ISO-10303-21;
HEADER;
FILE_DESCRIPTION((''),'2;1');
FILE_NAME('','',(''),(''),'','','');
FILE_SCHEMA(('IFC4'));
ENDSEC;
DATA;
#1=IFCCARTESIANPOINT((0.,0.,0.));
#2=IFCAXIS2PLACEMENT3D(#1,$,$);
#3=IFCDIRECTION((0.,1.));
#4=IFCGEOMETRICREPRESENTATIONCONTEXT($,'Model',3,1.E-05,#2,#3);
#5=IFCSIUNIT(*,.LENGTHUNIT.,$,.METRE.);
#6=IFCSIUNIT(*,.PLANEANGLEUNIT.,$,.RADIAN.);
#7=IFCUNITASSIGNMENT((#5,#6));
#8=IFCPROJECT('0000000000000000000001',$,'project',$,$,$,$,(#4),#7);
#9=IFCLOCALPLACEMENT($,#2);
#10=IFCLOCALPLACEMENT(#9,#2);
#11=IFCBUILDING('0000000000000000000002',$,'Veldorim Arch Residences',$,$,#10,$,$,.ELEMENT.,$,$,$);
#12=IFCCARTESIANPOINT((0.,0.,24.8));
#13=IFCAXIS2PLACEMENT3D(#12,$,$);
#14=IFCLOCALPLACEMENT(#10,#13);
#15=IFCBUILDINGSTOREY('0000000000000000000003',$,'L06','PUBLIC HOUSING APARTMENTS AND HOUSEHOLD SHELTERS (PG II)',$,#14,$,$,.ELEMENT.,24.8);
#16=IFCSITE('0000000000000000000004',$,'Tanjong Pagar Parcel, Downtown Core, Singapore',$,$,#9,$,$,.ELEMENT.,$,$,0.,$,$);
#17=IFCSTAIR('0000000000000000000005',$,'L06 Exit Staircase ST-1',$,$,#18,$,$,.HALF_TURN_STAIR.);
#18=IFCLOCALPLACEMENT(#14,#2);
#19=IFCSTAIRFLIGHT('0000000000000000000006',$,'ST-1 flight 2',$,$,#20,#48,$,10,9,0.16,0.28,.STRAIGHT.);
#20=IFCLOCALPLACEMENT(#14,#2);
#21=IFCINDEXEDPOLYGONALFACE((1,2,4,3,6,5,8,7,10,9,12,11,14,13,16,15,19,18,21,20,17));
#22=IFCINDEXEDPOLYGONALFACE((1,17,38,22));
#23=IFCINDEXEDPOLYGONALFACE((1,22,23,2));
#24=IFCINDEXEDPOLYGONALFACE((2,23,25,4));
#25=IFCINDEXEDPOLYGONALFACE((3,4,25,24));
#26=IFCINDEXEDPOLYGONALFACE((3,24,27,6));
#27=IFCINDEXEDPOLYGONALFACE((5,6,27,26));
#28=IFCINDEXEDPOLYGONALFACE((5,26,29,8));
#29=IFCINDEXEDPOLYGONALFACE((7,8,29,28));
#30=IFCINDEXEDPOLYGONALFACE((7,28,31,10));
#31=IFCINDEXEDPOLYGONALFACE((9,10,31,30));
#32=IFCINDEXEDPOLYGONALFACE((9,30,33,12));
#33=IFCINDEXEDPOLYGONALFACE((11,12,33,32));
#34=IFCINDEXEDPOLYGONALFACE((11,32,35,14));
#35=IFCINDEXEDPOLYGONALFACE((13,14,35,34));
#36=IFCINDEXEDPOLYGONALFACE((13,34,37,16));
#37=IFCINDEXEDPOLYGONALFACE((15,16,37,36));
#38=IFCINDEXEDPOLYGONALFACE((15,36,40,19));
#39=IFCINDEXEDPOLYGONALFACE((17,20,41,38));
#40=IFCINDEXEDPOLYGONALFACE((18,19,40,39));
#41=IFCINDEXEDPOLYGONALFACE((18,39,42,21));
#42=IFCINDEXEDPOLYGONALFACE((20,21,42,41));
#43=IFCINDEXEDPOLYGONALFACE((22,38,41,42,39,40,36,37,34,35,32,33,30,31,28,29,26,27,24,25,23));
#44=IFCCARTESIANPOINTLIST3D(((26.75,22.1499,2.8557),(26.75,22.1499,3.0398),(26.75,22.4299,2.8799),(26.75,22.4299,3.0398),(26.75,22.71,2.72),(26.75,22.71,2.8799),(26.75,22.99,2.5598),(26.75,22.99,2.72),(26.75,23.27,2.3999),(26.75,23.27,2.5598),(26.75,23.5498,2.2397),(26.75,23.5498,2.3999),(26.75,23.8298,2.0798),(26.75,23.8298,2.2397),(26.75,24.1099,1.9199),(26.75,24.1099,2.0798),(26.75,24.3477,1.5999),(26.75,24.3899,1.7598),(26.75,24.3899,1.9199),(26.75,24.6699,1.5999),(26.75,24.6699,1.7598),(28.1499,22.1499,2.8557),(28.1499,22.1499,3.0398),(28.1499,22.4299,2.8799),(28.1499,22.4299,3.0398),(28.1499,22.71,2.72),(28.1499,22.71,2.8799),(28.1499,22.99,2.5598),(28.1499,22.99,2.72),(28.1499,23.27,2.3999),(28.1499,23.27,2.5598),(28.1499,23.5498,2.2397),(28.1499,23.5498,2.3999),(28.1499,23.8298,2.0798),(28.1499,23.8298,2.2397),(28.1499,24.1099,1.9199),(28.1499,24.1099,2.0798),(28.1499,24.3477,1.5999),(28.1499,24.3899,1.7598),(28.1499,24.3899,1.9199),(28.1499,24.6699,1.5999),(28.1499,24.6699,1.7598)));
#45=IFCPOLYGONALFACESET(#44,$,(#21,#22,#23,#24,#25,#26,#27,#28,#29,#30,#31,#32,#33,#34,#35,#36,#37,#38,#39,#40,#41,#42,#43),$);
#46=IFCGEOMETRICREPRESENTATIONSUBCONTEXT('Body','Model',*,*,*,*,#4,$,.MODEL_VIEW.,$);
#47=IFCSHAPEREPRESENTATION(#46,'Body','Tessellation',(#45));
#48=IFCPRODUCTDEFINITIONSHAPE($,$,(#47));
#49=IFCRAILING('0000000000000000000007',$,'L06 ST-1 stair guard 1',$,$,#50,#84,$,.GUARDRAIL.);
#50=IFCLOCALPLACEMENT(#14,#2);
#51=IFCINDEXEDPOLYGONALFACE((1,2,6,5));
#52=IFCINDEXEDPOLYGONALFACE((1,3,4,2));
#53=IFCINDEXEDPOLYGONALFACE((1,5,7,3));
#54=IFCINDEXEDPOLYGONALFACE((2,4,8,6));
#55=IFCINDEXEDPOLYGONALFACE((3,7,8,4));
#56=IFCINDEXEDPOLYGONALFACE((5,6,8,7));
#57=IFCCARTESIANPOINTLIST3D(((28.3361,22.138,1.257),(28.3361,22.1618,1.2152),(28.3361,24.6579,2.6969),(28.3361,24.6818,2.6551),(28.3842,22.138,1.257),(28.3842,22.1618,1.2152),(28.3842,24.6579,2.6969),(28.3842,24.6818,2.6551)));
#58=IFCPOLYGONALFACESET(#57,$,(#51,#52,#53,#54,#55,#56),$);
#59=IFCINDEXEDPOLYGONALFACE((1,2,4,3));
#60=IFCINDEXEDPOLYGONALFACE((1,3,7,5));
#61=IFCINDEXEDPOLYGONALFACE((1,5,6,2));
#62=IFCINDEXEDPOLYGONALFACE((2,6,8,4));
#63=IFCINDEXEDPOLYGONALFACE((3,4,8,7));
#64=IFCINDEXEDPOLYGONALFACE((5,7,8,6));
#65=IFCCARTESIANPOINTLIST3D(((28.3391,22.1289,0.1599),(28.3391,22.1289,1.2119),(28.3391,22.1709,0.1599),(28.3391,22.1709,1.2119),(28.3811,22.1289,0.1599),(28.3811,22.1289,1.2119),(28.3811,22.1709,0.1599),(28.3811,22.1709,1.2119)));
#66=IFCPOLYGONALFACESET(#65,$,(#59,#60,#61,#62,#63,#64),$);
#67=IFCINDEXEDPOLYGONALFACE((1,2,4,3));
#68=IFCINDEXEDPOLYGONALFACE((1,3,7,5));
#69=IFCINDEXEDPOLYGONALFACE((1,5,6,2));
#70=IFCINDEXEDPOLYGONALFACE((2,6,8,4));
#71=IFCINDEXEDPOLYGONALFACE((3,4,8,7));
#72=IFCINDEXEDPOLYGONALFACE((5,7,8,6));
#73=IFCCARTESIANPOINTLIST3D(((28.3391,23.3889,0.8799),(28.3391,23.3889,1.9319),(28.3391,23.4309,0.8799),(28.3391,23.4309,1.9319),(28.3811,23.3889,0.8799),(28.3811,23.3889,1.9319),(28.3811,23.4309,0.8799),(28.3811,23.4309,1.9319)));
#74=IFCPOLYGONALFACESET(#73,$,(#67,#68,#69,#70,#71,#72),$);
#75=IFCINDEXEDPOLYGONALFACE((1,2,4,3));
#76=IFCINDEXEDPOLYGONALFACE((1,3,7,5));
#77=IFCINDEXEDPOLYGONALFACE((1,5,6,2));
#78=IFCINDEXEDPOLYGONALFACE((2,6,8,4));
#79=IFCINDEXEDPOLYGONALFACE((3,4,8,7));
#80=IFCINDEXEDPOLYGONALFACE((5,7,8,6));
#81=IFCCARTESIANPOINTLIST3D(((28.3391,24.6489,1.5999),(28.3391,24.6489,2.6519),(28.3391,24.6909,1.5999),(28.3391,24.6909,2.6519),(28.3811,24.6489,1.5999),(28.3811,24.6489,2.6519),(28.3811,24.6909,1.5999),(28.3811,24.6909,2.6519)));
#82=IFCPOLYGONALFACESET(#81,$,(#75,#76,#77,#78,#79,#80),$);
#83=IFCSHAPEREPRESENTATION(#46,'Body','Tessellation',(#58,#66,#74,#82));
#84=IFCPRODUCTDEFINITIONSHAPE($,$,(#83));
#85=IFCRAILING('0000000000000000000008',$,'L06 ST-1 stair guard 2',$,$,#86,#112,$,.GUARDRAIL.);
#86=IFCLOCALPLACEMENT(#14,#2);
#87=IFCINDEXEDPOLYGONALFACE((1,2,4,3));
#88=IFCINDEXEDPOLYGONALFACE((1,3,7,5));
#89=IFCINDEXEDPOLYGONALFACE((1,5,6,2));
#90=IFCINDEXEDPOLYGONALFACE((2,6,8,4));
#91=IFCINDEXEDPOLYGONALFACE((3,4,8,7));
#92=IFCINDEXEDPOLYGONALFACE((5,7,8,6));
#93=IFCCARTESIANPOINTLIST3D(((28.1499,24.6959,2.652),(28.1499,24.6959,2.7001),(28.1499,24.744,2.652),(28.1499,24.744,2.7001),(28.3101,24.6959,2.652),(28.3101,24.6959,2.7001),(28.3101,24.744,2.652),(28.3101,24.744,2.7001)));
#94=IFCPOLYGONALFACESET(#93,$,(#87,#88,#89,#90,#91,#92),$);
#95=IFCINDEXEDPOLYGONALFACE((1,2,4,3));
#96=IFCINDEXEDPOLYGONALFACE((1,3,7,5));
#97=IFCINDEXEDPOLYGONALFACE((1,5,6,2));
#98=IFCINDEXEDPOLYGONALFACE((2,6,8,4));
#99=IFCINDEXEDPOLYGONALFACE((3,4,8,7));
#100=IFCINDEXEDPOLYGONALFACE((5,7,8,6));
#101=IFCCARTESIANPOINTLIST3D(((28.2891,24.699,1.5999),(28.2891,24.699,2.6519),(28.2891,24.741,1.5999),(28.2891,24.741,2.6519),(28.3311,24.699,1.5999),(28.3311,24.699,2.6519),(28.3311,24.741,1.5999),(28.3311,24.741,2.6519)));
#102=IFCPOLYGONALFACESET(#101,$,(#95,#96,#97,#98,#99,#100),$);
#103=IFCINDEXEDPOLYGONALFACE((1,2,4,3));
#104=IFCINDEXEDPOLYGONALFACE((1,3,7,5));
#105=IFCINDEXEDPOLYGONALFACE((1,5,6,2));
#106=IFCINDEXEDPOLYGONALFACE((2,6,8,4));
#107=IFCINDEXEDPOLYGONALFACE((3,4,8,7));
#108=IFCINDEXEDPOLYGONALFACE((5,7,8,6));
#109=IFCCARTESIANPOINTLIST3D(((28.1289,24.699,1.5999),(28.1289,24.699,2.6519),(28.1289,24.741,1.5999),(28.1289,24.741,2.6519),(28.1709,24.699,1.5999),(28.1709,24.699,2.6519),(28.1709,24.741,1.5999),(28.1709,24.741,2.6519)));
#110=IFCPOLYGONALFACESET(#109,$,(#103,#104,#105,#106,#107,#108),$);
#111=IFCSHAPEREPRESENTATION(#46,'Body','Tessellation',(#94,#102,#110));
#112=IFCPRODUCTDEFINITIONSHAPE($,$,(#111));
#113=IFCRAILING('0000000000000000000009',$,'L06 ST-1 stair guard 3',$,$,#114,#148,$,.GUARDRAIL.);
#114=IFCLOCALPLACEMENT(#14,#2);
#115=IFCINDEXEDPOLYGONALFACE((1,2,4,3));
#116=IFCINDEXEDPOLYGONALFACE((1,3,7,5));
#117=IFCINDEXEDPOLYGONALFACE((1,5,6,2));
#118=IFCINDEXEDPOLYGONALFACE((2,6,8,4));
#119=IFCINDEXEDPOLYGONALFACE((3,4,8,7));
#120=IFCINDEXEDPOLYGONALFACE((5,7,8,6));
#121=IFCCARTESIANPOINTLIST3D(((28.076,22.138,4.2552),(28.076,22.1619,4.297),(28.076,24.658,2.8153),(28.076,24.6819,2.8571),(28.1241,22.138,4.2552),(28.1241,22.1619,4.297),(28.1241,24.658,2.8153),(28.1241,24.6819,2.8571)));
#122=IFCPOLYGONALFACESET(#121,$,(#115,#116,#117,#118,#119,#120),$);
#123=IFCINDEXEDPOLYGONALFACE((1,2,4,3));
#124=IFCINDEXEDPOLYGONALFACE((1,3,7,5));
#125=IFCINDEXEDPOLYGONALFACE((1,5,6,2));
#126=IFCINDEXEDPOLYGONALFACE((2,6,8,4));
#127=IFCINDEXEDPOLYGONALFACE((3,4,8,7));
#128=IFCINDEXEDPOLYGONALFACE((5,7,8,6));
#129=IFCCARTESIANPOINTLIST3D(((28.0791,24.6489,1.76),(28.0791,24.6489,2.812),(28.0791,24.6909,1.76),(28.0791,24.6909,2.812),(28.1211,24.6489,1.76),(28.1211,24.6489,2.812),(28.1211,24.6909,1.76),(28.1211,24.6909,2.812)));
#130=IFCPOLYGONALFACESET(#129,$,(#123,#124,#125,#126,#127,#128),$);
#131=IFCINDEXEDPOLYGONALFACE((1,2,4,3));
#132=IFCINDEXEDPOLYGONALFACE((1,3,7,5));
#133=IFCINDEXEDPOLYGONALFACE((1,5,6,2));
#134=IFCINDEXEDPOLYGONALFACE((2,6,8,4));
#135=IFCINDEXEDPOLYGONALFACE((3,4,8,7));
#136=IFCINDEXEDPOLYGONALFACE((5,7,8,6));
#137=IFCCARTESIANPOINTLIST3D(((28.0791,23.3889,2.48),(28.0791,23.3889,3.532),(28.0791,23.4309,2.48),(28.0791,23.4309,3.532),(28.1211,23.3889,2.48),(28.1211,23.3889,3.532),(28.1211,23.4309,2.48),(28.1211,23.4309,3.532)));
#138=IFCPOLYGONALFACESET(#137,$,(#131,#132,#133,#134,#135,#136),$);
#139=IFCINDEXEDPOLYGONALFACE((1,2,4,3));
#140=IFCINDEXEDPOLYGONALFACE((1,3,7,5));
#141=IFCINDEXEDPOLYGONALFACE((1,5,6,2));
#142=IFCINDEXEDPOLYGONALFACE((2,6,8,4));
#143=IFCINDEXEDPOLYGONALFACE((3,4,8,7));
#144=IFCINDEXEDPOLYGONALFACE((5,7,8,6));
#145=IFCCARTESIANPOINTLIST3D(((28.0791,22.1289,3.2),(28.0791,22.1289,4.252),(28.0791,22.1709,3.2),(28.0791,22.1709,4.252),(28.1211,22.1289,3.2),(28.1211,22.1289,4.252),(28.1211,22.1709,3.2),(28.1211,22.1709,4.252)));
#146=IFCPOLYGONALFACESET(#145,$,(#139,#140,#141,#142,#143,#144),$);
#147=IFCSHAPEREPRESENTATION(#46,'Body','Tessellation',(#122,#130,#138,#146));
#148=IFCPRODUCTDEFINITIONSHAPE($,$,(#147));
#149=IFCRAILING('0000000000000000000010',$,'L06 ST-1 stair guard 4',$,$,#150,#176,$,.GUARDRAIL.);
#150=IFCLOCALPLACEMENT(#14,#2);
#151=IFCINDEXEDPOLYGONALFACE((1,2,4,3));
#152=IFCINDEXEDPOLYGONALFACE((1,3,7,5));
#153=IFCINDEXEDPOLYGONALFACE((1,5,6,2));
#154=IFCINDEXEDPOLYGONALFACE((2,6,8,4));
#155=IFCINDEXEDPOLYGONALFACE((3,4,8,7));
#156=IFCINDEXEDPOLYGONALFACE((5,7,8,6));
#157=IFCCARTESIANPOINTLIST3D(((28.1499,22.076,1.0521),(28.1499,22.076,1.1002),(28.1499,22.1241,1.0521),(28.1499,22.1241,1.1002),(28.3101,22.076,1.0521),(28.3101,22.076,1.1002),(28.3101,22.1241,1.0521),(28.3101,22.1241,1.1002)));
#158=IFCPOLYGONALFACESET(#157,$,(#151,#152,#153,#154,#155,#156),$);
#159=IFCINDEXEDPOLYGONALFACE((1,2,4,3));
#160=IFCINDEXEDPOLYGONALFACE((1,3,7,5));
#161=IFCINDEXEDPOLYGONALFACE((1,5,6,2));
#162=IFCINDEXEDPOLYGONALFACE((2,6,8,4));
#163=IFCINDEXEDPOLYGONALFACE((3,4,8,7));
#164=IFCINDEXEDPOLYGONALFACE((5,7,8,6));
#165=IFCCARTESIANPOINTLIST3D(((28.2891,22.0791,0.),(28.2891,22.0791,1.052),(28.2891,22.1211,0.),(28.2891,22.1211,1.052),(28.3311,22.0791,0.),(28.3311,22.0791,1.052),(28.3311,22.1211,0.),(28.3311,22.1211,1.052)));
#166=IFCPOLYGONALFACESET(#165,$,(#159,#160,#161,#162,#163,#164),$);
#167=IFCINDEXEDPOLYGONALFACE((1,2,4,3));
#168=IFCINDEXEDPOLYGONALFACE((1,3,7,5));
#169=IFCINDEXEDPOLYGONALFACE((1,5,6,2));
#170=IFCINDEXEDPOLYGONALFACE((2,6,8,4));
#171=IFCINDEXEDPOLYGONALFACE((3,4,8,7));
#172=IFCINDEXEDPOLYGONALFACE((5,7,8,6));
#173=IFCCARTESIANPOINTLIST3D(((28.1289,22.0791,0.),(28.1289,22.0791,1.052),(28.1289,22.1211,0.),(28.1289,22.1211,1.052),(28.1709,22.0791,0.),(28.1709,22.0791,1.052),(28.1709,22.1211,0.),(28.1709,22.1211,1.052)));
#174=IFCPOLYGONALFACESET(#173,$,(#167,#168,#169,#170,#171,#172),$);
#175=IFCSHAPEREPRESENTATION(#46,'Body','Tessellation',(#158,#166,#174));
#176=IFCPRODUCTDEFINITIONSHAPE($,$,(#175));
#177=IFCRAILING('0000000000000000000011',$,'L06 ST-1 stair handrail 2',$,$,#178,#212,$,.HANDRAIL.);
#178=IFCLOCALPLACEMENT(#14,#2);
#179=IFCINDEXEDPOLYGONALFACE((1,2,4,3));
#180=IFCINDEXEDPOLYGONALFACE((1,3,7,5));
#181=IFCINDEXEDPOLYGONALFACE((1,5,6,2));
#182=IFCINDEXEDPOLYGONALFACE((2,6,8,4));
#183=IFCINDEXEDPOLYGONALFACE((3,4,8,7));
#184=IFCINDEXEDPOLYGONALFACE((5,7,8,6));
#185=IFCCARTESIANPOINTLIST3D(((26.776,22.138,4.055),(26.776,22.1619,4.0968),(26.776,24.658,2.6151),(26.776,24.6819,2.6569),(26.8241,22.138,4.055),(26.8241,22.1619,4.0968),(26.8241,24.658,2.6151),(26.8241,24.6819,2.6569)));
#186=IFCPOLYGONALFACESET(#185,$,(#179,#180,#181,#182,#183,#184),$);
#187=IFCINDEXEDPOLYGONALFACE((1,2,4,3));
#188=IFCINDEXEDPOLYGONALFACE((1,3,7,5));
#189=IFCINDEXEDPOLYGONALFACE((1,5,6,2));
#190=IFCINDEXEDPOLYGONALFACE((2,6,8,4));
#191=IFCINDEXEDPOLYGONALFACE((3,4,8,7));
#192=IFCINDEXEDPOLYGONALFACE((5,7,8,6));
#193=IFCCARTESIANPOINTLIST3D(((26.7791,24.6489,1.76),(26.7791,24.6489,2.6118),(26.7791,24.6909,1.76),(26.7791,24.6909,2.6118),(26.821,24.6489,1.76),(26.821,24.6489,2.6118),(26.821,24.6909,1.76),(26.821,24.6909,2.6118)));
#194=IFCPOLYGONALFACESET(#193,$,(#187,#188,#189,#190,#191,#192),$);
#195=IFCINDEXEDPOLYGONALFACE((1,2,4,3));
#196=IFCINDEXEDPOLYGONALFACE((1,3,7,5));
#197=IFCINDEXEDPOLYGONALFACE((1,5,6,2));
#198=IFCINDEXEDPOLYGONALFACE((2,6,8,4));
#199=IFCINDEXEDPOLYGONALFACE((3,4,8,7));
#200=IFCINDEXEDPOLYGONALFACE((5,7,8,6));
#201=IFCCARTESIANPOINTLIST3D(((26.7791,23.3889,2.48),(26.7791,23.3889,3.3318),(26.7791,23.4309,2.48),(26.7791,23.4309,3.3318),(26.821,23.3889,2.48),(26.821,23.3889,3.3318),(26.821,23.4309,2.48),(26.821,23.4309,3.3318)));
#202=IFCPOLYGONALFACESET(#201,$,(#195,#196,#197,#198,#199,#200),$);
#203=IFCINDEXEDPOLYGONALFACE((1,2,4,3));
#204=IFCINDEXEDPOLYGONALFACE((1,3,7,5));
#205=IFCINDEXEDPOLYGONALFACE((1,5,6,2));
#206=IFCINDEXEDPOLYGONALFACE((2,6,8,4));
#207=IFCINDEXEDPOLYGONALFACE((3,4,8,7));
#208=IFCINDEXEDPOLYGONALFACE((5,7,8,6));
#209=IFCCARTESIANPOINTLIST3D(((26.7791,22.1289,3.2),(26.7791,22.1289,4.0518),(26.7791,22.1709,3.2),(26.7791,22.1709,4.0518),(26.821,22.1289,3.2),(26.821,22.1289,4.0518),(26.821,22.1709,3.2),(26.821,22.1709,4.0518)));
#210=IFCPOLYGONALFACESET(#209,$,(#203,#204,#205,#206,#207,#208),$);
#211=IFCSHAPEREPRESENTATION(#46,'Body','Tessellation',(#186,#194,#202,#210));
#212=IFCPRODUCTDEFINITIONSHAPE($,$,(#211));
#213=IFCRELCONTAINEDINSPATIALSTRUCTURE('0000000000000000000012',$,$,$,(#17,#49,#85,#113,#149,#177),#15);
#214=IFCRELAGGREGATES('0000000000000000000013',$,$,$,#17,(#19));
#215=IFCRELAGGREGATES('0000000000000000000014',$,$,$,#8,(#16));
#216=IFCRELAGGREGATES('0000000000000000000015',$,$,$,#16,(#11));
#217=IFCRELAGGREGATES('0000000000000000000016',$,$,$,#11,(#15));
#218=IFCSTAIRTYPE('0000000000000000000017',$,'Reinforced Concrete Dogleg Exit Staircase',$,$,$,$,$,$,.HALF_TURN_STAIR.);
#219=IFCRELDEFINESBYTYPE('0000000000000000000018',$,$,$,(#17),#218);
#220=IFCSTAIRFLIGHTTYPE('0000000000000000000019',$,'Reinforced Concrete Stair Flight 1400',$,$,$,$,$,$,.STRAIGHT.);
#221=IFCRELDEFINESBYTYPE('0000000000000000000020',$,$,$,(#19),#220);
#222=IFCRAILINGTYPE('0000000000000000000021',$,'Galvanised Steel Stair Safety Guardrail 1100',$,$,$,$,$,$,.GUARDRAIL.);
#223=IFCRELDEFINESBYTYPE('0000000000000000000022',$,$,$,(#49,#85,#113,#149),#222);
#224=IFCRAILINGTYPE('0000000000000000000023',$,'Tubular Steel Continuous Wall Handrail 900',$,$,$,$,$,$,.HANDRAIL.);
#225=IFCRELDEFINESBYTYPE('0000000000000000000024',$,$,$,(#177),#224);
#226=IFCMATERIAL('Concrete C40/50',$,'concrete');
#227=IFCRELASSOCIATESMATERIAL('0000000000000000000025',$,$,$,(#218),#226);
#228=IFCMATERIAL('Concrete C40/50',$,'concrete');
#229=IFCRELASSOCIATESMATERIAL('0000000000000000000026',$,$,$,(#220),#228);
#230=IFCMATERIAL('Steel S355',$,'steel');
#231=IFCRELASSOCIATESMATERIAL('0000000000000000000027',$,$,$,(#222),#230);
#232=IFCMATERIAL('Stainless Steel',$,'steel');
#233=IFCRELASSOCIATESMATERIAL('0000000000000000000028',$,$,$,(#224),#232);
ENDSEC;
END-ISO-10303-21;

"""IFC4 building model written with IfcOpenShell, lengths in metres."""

from ifc_helpers import new_model, si_unit, direction, frame, origin, origin_2d, place, context, subcontext, project, spatial, polyline, rectangle, outline, extrude, material, type_object, element, aggregate, save


model = new_model("IFC4")

# Units and contexts
model_context = context("Model", 3, precision=1e-05, world=origin(), true_north=direction((0.0, 1.0)))
body_context = subcontext(model_context, "Body", "Model", "MODEL_VIEW")
ifc_project = project(units=[si_unit("LENGTHUNIT", "METRE"), si_unit("PLANEANGLEUNIT", "RADIAN")], contexts=[model_context])

# Site, building, storey
site_placement = place(None, origin())
site = spatial("IfcSite", under=ifc_project, at=site_placement, Name="Tanjong Pagar Parcel, Downtown Core, Singapore", CompositionType="ELEMENT", RefElevation=0.0)
building_placement = place(site_placement, origin())
building = spatial("IfcBuilding", under=site, at=building_placement, Name="Veldorim Arch Residences", CompositionType="ELEMENT")
storey_placement = place(building_placement, frame((0.0, 0.0, 24.8)))
storey = spatial("IfcBuildingStorey", under=building, at=storey_placement, Name="L06", Description="PUBLIC HOUSING APARTMENTS AND HOUSEHOLD SHELTERS (PG II)", CompositionType="ELEMENT", Elevation=24.8)

# Stair, stair flight
ifc_material_1 = material(Name="Concrete C40/50", Category="concrete")
stair_type = type_object("IfcStairType", Name="Reinforced Concrete Dogleg Exit Staircase", PredefinedType="HALF_TURN_STAIR", material=ifc_material_1)
stair_placement = place(storey_placement, origin())
stair = element("IfcStair", 1, at=stair_placement, inside=storey, type_object=stair_type, Name="L06 Exit Staircase ST-1", PredefinedType="HALF_TURN_STAIR")
ifc_material_2 = material(Name="Concrete C40/50", Category="concrete")
stair_flight_type = type_object("IfcStairFlightType", Name="Reinforced Concrete Stair Flight 1400", PredefinedType="STRAIGHT", material=ifc_material_2)
stair_flight_placement = place(storey_placement, frame((27.45, 24.6699, 1.5999), z_axis=(0.0, 0.0, 1.0), x_axis=(0.0, -1.0, 0.0)))
stair_flight = element("IfcStairFlight", 2, at=stair_flight_placement, type_object=stair_flight_type, Name="ST-1 flight 2", NumberOfRisers=10, NumberOfTreads=9, PredefinedType="STRAIGHT", RiserHeight=0.16, TreadLength=0.28, context=body_context, shape_type="SweptSolid", body=[
    extrude(outline(polyline([(0.0, 0.0), (0.0, 0.1599), (0.28, 0.1599), (0.28, 0.3201), (0.5601, 0.3201), (0.5601, 0.48), (0.8401, 0.48), (0.8401, 0.6399), (1.1201, 0.6399), (1.1201, 0.8), (1.3999, 0.8), (1.3999, 0.96), (1.6799, 0.96), (1.6799, 1.1201), (1.96, 1.1201), (1.96, 1.28), (2.24, 1.28), (2.24, 1.4399), (2.52, 1.4399), (2.52, 1.6001), (2.52, 1.2559), (0.3223, 0.0), (0.0, 0.0)])), frame((0.0, 0.7, 0.0), z_axis=(0.0, -1.0, 0.0), x_axis=(1.0, 0.0, 0.0)), (0.0, 0.0, 1.0), 1.3999),
])
aggregate(stair, [stair_flight])

# Railings
ifc_material_3 = material(Name="Steel S355", Category="steel")
railing_type_1 = type_object("IfcRailingType", Name="Galvanised Steel Stair Safety Guardrail 1100", PredefinedType="GUARDRAIL", material=ifc_material_3)
railing_1_placement = place(storey_placement, frame((28.3601, 22.1499, 0.1599)))
element("IfcRailing", 3, at=railing_1_placement, inside=storey, type_object=railing_type_1, Name="L06 ST-1 stair guard 1", PredefinedType="GUARDRAIL", context=body_context, shape_type="SweptSolid", body=[
    extrude(rectangle(XDim=0.0481, YDim=0.0481, at=origin_2d()), frame((0.0, 0.0, 1.0762), z_axis=(0.0, 0.868253, 0.496121), x_axis=(-1.0, 0.0, 0.0)), (0.0, 0.0, 1.0), 2.9023),
    extrude(rectangle(XDim=0.042, YDim=0.042, at=origin_2d()), origin(), (0.0, 0.0, 1.0), 1.052),
    extrude(rectangle(XDim=0.042, YDim=0.042, at=origin_2d()), frame((0.0, 1.26, 0.72)), (0.0, 0.0, 1.0), 1.052),
    extrude(rectangle(XDim=0.042, YDim=0.042, at=origin_2d()), frame((0.0, 2.52, 1.4399)), (0.0, 0.0, 1.0), 1.052),
])
railing_2_placement = place(storey_placement, frame((28.3101, 24.72, 1.5999)))
element("IfcRailing", 4, at=railing_2_placement, inside=storey, type_object=railing_type_1, Name="L06 ST-1 stair guard 2", PredefinedType="GUARDRAIL", context=body_context, shape_type="SweptSolid", body=[
    extrude(rectangle(XDim=0.0481, YDim=0.0481, at=origin_2d()), frame((0.0, 0.0, 1.0762), z_axis=(-1.0, 0.0, 0.0), x_axis=(0.0, -1.0, 0.0)), (0.0, 0.0, 1.0), 0.1602),
    extrude(rectangle(XDim=0.042, YDim=0.042, at=origin_2d()), origin(), (0.0, 0.0, 1.0), 1.052),
    extrude(rectangle(XDim=0.042, YDim=0.042, at=origin_2d()), frame((-0.1602, 0.0, 0.0)), (0.0, 0.0, 1.0), 1.052),
])
railing_3_placement = place(storey_placement, frame((28.1001, 24.6699, 1.76)))
element("IfcRailing", 5, at=railing_3_placement, inside=storey, type_object=railing_type_1, Name="L06 ST-1 stair guard 3", PredefinedType="GUARDRAIL", context=body_context, shape_type="SweptSolid", body=[
    extrude(rectangle(XDim=0.0481, YDim=0.0481, at=origin_2d()), frame((0.0, 0.0, 1.0762), z_axis=(0.0, -0.868253, 0.496121), x_axis=(1.0, 0.0, 0.0)), (0.0, 0.0, 1.0), 2.9023),
    extrude(rectangle(XDim=0.042, YDim=0.042, at=origin_2d()), origin(), (0.0, 0.0, 1.0), 1.052),
    extrude(rectangle(XDim=0.042, YDim=0.042, at=origin_2d()), frame((0.0, -1.26, 0.72)), (0.0, 0.0, 1.0), 1.052),
    extrude(rectangle(XDim=0.042, YDim=0.042, at=origin_2d()), frame((0.0, -2.52, 1.4399)), (0.0, 0.0, 1.0), 1.052),
])
railing_4_placement = place(storey_placement, frame((28.3101, 22.1001, 0.0)))
element("IfcRailing", 6, at=railing_4_placement, inside=storey, type_object=railing_type_1, Name="L06 ST-1 stair guard 4", PredefinedType="GUARDRAIL", context=body_context, shape_type="SweptSolid", body=[
    extrude(rectangle(XDim=0.0481, YDim=0.0481, at=origin_2d()), frame((0.0, 0.0, 1.0762), z_axis=(-1.0, 0.0, 0.0), x_axis=(0.0, -1.0, 0.0)), (0.0, 0.0, 1.0), 0.1602),
    extrude(rectangle(XDim=0.042, YDim=0.042, at=origin_2d()), origin(), (0.0, 0.0, 1.0), 1.052),
    extrude(rectangle(XDim=0.042, YDim=0.042, at=origin_2d()), frame((-0.1602, 0.0, 0.0)), (0.0, 0.0, 1.0), 1.052),
])
ifc_material_4 = material(Name="Stainless Steel", Category="steel")
railing_type_2 = type_object("IfcRailingType", Name="Tubular Steel Continuous Wall Handrail 900", PredefinedType="HANDRAIL", material=ifc_material_4)
railing_5_placement = place(storey_placement, frame((26.8, 24.6699, 1.76)))
element("IfcRailing", 7, at=railing_5_placement, inside=storey, type_object=railing_type_2, Name="L06 ST-1 stair handrail 2", PredefinedType="HANDRAIL", context=body_context, shape_type="SweptSolid", body=[
    extrude(rectangle(XDim=0.0481, YDim=0.0481, at=origin_2d()), frame((0.0, 0.0, 0.876), z_axis=(0.0, -0.868253, 0.496121), x_axis=(1.0, 0.0, 0.0)), (0.0, 0.0, 1.0), 2.9023),
    extrude(rectangle(XDim=0.042, YDim=0.042, at=origin_2d()), origin(), (0.0, 0.0, 1.0), 0.8518),
    extrude(rectangle(XDim=0.042, YDim=0.042, at=origin_2d()), frame((0.0, -1.26, 0.72)), (0.0, 0.0, 1.0), 0.8518),
    extrude(rectangle(XDim=0.042, YDim=0.042, at=origin_2d()), frame((0.0, -2.52, 1.4399)), (0.0, 0.0, 1.0), 0.8518),
])

save(model, "model.ifc")
